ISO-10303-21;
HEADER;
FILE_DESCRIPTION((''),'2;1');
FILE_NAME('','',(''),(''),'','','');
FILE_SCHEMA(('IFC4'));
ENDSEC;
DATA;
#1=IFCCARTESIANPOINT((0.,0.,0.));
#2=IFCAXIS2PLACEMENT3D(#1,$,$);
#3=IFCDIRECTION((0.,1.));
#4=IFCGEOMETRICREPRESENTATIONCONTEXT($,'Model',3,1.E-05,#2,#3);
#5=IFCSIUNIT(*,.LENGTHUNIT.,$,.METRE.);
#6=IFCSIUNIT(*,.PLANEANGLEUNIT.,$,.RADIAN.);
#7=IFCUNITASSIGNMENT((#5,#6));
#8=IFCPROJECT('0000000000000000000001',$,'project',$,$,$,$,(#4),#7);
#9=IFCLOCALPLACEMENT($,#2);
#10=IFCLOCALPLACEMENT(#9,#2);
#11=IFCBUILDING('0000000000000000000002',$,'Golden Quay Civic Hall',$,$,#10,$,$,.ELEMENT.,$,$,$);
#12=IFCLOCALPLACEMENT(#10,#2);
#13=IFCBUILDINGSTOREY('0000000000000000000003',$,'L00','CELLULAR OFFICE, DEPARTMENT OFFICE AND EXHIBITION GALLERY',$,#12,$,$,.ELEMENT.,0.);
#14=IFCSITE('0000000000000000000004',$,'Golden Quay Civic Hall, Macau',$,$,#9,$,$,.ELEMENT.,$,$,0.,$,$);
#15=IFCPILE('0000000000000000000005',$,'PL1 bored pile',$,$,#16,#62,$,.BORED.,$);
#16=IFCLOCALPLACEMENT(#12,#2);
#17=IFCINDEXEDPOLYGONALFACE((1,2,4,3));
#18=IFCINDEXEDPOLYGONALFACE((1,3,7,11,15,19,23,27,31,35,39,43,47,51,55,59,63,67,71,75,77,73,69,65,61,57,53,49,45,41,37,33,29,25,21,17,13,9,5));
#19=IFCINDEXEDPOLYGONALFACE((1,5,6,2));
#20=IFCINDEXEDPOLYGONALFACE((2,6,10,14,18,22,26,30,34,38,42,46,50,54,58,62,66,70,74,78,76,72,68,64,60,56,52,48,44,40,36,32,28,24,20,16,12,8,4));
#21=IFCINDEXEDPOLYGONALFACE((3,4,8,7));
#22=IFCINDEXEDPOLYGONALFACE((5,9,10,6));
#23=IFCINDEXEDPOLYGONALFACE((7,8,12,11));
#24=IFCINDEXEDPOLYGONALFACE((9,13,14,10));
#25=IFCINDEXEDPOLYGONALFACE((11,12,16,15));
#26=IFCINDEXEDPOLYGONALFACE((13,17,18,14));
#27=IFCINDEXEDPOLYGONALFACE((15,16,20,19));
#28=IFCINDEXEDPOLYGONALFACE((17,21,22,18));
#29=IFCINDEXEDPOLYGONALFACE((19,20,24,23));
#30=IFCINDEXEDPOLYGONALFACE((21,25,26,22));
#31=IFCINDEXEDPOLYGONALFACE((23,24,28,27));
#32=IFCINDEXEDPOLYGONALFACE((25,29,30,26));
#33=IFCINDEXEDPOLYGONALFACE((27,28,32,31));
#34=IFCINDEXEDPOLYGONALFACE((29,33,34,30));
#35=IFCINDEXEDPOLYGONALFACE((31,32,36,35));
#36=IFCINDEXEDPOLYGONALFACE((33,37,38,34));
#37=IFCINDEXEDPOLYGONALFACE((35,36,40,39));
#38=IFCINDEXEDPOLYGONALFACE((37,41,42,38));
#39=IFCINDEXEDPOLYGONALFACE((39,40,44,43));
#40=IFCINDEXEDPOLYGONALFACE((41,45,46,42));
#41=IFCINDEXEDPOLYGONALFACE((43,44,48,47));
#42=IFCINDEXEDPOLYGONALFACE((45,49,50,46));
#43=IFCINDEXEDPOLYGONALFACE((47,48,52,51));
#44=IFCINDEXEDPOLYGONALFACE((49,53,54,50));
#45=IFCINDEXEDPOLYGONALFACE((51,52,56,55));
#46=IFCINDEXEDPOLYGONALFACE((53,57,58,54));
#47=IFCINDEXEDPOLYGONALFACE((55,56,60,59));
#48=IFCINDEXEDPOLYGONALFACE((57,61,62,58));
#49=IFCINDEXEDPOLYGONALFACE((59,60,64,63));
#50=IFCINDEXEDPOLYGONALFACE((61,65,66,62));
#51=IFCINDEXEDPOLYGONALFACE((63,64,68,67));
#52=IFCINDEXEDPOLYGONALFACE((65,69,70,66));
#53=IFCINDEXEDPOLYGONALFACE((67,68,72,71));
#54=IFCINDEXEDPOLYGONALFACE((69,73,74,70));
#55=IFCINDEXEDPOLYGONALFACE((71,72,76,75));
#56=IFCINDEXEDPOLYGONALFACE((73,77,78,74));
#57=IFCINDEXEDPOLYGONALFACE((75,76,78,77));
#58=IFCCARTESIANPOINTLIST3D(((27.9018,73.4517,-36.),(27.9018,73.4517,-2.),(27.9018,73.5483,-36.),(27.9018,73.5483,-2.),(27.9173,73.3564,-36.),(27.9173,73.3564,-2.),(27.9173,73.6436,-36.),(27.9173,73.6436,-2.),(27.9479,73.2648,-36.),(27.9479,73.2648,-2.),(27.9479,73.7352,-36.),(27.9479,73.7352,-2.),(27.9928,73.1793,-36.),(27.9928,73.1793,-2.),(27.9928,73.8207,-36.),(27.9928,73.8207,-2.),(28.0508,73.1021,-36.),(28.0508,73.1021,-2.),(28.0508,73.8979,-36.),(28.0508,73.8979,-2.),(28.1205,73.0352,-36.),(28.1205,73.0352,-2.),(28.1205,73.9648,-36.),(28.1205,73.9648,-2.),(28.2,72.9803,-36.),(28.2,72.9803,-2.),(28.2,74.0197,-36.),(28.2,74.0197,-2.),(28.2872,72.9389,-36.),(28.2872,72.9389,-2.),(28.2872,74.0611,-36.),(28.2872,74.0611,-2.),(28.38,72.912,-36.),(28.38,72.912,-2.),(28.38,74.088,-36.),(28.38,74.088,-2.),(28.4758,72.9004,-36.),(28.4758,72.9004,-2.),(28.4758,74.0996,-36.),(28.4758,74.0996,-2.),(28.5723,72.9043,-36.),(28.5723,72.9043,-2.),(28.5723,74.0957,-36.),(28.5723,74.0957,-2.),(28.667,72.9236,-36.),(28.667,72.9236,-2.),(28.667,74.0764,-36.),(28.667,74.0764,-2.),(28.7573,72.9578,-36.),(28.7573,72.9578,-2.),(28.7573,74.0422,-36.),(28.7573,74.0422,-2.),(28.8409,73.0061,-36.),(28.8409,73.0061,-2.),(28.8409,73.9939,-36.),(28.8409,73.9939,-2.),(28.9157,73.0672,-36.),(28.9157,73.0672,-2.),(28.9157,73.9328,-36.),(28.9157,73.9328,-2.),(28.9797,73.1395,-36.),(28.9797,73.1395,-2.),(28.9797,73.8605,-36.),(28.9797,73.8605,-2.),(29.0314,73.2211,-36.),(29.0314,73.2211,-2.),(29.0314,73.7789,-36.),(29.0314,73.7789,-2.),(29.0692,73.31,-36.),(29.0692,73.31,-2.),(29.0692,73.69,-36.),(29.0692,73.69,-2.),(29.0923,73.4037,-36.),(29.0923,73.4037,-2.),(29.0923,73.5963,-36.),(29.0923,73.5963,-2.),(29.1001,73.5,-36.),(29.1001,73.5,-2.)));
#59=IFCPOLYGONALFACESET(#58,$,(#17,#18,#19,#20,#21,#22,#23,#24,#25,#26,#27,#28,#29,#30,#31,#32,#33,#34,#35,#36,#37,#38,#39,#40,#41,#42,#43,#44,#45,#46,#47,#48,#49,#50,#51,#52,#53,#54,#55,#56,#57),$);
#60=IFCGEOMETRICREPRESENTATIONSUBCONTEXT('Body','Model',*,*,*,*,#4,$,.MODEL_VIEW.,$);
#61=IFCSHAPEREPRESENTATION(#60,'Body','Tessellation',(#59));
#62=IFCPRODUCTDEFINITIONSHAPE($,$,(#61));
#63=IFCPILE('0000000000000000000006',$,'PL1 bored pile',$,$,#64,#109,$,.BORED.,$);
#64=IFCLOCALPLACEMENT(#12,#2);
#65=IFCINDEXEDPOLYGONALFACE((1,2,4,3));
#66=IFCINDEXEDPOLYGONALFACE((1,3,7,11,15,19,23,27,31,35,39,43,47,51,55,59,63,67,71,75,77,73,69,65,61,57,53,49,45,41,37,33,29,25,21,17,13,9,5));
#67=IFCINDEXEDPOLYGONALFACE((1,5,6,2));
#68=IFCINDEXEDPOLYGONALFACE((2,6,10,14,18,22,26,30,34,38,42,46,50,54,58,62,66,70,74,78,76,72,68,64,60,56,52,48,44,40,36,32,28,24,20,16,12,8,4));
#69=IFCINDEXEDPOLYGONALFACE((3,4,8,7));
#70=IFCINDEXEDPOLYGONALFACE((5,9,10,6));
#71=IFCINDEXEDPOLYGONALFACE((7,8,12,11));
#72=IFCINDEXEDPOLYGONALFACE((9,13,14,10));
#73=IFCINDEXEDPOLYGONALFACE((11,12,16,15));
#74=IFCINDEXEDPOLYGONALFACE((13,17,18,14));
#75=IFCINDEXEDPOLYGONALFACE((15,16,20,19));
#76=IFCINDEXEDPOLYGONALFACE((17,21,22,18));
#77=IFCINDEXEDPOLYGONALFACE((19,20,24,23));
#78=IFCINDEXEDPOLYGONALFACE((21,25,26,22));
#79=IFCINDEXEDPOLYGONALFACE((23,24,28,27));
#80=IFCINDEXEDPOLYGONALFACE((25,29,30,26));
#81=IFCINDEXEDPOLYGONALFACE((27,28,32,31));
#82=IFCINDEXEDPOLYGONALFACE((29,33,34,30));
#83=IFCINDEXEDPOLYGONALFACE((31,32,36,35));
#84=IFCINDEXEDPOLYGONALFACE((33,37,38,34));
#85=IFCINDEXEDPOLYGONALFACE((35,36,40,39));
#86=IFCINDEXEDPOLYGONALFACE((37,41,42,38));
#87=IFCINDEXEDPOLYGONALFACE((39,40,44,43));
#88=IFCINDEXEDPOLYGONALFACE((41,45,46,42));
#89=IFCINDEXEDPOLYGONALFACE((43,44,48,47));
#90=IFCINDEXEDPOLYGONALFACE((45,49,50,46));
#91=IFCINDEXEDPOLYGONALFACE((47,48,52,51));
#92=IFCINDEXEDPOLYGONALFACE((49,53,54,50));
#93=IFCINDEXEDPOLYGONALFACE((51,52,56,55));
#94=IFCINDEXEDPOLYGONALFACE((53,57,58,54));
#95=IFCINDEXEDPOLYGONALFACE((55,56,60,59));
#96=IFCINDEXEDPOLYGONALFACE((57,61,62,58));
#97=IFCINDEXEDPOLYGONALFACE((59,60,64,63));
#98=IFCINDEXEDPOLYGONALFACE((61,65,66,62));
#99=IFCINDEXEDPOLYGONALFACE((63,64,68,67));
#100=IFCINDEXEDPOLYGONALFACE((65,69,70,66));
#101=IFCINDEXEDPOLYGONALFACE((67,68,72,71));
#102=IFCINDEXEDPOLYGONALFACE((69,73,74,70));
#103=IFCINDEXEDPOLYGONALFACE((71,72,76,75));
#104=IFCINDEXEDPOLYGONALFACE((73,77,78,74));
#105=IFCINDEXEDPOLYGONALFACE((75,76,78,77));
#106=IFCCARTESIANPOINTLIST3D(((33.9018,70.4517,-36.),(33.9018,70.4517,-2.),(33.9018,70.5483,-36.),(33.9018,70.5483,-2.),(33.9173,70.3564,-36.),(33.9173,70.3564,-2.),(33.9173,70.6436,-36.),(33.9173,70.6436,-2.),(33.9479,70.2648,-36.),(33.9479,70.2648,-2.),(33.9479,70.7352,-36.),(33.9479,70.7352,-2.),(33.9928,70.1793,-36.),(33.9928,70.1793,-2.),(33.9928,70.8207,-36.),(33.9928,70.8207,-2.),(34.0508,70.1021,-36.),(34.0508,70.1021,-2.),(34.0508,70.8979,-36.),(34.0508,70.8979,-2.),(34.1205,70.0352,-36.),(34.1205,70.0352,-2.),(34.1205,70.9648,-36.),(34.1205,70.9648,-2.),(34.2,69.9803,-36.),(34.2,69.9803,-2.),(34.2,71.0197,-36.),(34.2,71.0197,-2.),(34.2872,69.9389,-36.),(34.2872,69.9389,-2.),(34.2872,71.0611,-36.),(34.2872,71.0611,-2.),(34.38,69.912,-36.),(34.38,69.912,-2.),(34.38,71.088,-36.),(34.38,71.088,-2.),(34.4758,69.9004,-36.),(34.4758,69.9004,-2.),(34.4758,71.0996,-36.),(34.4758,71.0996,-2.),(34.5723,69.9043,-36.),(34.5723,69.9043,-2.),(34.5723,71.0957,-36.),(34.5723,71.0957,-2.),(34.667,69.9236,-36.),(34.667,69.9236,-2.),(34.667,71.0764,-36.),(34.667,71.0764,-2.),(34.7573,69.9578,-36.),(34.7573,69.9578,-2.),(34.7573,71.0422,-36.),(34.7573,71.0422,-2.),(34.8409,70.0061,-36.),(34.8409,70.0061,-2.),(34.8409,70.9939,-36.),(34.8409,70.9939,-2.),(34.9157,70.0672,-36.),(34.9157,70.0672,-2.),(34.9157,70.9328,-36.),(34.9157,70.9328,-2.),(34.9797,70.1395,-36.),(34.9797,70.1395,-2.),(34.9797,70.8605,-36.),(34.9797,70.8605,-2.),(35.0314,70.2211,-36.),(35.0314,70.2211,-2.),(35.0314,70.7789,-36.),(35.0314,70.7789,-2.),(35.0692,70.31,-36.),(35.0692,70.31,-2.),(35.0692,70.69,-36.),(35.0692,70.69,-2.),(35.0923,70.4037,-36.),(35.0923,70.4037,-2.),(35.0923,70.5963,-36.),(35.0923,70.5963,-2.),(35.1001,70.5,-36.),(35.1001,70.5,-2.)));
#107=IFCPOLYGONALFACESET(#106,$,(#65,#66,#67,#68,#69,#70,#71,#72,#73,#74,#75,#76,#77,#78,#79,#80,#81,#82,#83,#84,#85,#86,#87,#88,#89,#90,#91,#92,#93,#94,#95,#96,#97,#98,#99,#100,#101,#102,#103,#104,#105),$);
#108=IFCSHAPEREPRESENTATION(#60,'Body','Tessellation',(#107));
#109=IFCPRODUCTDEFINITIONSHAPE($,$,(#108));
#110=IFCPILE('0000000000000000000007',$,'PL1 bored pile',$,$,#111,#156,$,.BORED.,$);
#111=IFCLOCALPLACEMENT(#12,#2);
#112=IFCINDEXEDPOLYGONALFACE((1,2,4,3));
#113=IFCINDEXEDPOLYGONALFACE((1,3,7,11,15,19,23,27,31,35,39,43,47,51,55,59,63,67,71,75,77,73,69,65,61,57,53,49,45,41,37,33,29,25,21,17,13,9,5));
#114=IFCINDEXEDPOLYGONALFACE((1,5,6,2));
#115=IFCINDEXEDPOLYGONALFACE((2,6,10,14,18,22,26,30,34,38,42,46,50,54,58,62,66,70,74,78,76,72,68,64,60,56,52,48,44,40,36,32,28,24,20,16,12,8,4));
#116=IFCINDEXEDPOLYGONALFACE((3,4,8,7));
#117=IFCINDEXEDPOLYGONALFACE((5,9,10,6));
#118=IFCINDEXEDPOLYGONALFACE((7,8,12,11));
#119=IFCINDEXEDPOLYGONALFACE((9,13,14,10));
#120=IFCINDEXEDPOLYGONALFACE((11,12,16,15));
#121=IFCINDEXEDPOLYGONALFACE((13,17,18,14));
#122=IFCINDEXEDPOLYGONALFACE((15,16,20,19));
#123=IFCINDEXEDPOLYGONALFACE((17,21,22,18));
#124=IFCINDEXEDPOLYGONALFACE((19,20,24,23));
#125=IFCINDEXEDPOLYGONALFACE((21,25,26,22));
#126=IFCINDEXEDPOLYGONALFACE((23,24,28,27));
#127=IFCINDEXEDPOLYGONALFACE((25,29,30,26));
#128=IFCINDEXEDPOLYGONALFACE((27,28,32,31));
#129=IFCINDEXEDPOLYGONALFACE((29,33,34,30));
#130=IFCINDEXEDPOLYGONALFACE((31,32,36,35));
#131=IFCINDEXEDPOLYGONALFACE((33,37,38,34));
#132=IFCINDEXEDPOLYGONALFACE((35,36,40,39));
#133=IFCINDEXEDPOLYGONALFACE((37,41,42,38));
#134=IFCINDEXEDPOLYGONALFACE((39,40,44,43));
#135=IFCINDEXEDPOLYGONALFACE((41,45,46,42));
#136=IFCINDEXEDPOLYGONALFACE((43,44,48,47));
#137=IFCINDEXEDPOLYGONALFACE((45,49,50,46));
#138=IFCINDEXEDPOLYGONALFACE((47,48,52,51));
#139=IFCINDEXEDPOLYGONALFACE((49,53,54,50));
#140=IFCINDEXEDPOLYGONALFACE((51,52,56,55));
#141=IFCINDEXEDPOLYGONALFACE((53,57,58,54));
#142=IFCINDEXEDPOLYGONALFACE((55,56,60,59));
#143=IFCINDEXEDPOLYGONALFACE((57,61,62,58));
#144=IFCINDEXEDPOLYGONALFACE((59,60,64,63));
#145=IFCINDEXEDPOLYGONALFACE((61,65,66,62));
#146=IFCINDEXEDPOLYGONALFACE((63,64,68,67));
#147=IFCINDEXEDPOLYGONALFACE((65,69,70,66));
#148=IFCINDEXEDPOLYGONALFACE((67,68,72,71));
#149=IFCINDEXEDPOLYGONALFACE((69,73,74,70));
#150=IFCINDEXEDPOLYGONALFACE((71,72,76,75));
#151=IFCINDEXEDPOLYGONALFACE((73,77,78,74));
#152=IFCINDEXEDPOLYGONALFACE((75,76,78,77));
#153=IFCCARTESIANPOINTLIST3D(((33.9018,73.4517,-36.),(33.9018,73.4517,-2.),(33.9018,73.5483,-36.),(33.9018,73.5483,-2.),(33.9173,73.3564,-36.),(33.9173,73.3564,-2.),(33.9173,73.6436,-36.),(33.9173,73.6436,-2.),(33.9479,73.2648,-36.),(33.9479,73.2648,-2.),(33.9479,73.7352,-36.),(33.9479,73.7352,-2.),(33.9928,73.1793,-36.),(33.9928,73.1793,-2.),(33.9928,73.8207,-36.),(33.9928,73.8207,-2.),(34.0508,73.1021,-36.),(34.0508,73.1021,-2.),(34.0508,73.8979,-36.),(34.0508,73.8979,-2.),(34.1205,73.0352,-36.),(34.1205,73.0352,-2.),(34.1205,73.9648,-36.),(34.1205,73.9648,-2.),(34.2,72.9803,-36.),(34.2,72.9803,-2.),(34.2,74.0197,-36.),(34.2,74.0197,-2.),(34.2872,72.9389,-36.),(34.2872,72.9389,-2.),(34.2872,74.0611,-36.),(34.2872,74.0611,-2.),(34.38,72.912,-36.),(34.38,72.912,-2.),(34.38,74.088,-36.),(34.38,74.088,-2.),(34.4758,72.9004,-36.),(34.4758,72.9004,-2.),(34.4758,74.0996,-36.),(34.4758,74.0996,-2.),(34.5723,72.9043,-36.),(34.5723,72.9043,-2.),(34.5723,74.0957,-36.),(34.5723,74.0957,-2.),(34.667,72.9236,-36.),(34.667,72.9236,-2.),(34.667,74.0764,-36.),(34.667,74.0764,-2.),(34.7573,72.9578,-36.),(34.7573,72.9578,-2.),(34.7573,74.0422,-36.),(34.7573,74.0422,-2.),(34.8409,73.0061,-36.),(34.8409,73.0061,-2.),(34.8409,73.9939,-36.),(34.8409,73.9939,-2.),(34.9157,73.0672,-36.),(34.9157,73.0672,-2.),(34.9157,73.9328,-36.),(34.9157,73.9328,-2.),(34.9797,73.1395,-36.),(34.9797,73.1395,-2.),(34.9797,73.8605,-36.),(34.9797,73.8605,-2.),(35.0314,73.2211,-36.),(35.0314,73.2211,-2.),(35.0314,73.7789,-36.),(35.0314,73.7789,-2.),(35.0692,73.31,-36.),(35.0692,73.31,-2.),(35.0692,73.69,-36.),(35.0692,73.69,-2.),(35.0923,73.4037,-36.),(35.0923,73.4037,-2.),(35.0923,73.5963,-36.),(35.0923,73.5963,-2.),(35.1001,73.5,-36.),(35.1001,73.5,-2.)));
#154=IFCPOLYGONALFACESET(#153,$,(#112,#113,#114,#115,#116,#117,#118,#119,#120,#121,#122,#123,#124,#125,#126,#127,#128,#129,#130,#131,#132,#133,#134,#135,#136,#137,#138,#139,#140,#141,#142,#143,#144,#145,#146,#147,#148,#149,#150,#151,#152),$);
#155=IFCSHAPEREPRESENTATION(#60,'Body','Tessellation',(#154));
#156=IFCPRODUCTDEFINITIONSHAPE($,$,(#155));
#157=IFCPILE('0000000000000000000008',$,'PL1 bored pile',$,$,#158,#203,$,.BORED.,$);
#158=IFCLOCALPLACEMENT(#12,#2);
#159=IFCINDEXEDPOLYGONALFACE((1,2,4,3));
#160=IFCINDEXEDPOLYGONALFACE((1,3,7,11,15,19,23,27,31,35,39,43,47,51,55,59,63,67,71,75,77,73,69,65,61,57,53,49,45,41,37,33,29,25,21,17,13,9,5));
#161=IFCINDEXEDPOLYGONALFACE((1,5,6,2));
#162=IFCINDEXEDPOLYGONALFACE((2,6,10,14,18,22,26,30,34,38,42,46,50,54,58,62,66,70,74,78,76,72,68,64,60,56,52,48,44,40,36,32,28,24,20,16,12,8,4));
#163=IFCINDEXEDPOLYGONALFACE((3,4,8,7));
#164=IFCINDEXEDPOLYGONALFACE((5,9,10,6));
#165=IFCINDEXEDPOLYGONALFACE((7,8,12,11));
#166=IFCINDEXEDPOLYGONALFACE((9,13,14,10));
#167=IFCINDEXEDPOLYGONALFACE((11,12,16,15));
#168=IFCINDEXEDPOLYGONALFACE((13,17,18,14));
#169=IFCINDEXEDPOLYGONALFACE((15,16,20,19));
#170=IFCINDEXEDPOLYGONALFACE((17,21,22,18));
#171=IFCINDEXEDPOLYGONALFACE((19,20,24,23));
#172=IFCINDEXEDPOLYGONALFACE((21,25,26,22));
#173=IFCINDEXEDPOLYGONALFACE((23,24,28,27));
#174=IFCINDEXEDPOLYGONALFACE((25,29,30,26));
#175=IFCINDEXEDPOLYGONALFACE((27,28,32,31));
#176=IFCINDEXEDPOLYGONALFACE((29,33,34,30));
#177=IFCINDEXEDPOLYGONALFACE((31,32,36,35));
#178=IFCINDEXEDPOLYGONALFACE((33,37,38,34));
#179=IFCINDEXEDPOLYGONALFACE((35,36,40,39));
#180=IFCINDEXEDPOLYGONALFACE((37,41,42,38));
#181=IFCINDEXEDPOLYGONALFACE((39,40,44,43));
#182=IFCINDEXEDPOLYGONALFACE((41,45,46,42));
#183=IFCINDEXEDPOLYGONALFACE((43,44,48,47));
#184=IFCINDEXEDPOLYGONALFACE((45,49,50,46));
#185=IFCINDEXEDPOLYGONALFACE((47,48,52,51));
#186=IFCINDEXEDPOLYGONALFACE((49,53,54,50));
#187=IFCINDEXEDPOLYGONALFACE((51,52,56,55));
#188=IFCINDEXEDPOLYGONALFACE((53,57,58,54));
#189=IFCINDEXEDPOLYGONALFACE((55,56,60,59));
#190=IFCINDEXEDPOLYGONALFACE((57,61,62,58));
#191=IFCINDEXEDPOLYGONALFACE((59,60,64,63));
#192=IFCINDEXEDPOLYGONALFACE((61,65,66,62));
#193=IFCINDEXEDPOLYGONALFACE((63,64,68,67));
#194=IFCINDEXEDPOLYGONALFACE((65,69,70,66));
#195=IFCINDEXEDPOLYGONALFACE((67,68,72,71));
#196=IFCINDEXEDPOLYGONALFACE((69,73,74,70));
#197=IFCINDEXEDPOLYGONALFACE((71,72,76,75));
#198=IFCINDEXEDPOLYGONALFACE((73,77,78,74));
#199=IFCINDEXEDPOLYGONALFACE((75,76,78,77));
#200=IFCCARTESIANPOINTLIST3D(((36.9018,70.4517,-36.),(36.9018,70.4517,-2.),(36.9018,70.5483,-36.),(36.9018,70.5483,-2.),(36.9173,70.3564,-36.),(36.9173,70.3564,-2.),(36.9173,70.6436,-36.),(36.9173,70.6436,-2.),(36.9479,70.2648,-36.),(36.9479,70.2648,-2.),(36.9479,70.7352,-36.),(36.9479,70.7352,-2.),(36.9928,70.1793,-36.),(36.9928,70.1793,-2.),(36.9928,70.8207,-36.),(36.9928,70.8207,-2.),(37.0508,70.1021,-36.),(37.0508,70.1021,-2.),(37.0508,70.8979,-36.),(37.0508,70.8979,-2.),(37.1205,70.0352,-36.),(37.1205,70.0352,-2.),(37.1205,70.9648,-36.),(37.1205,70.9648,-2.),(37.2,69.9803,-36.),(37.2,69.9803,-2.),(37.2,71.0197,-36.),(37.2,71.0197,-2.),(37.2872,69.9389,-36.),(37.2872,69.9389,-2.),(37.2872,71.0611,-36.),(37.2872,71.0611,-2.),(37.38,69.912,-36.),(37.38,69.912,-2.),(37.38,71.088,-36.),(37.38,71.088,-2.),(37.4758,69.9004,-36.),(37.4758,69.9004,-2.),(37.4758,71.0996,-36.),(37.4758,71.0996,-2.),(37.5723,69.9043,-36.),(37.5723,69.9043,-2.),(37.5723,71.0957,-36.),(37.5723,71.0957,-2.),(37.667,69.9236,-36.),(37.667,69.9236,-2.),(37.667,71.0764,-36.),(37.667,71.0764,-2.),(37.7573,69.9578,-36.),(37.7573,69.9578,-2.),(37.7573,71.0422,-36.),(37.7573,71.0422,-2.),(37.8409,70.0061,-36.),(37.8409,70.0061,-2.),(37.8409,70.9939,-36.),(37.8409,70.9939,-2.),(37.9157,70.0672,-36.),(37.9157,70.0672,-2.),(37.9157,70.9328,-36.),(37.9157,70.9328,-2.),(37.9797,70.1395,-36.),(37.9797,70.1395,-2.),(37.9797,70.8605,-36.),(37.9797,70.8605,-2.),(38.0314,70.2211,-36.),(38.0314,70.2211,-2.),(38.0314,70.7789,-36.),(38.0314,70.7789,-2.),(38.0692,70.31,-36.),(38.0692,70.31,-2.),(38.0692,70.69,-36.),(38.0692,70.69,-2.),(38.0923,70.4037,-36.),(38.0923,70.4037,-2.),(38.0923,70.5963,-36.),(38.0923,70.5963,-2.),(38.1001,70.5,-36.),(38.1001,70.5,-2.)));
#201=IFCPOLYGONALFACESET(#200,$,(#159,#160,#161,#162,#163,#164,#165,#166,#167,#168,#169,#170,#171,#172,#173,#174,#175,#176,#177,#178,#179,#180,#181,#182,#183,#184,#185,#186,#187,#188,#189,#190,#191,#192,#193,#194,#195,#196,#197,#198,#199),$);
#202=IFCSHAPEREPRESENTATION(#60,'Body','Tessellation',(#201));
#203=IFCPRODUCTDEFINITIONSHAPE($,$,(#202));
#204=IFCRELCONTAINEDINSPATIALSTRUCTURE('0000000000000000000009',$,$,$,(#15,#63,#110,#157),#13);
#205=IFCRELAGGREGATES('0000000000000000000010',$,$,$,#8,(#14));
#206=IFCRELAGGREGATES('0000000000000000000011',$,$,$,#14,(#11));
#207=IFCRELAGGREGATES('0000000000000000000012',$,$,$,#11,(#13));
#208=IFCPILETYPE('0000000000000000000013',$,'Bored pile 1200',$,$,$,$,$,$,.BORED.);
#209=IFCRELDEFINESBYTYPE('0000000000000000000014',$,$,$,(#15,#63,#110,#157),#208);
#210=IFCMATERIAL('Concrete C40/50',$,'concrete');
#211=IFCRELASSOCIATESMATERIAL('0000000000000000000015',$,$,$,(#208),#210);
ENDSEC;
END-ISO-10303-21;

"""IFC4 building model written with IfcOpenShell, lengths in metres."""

from ifc_helpers import new_model, si_unit, direction, frame, origin, origin_2d, place, context, subcontext, project, spatial, circle, extrude, material, material_profile, profile_set, type_object, element, save


model = new_model("IFC4")

# Units and contexts
model_context = context("Model", 3, precision=1e-05, world=origin(), true_north=direction((0.0, 1.0)))
body_context = subcontext(model_context, "Body", "Model", "MODEL_VIEW")
ifc_project = project(units=[si_unit("LENGTHUNIT", "METRE"), si_unit("PLANEANGLEUNIT", "RADIAN")], contexts=[model_context])

# Site, building, storey
site_placement = place(None, origin())
site = spatial("IfcSite", under=ifc_project, at=site_placement, Name="Golden Quay Civic Hall, Macau", CompositionType="ELEMENT", RefElevation=0.0)
building_placement = place(site_placement, origin())
building = spatial("IfcBuilding", under=site, at=building_placement, Name="Golden Quay Civic Hall", CompositionType="ELEMENT")
storey_placement = place(building_placement, origin())
storey = spatial("IfcBuildingStorey", under=building, at=storey_placement, Name="L00", Description="CELLULAR OFFICE, DEPARTMENT OFFICE AND EXHIBITION GALLERY", CompositionType="ELEMENT", Elevation=0.0)

# Piles
ifc_material_1 = material(Name="Concrete C40/50", Category="concrete")
ifc_material_profile_1 = material_profile(ifc_material_1, circle(Radius=0.6001, at=origin_2d()), Name="RC D1200")
ifc_profile_set_1 = profile_set([ifc_material_profile_1], Name="Concrete C40/50")
pile_type_1 = type_object("IfcPileType", Name="Bored pile 1200", PredefinedType="BORED", material=ifc_profile_set_1)
for number, where, z_axis, x_axis, name in (
    (1, (28.5, 73.5, -2.0), (0.0, 0.0, -1.0), (1.0, 0.0, 0.0), "PL1 bored pile"),
    (2, (34.5, 70.5, -2.0), (0.0, 0.0, -1.0), (1.0, 0.0, 0.0), "PL1 bored pile"),
    (3, (34.5, 73.5, -2.0), (0.0, 0.0, -1.0), (1.0, 0.0, 0.0), "PL1 bored pile"),
    (4, (37.5, 70.5, -2.0), (0.0, 0.0, -1.0), (1.0, 0.0, 0.0), "PL1 bored pile"),
):
    element("IfcPile", number, at=place(storey_placement, frame(where, z_axis=z_axis, x_axis=x_axis)), inside=storey, type_object=pile_type_1, Name=name, PredefinedType="BORED", context=body_context, shape_type="SweptSolid", body=[
        extrude(circle(Radius=0.6001, at=origin_2d()), origin(), (0.0, 0.0, 1.0), 34.0),
    ])

save(model, "model.ifc")
